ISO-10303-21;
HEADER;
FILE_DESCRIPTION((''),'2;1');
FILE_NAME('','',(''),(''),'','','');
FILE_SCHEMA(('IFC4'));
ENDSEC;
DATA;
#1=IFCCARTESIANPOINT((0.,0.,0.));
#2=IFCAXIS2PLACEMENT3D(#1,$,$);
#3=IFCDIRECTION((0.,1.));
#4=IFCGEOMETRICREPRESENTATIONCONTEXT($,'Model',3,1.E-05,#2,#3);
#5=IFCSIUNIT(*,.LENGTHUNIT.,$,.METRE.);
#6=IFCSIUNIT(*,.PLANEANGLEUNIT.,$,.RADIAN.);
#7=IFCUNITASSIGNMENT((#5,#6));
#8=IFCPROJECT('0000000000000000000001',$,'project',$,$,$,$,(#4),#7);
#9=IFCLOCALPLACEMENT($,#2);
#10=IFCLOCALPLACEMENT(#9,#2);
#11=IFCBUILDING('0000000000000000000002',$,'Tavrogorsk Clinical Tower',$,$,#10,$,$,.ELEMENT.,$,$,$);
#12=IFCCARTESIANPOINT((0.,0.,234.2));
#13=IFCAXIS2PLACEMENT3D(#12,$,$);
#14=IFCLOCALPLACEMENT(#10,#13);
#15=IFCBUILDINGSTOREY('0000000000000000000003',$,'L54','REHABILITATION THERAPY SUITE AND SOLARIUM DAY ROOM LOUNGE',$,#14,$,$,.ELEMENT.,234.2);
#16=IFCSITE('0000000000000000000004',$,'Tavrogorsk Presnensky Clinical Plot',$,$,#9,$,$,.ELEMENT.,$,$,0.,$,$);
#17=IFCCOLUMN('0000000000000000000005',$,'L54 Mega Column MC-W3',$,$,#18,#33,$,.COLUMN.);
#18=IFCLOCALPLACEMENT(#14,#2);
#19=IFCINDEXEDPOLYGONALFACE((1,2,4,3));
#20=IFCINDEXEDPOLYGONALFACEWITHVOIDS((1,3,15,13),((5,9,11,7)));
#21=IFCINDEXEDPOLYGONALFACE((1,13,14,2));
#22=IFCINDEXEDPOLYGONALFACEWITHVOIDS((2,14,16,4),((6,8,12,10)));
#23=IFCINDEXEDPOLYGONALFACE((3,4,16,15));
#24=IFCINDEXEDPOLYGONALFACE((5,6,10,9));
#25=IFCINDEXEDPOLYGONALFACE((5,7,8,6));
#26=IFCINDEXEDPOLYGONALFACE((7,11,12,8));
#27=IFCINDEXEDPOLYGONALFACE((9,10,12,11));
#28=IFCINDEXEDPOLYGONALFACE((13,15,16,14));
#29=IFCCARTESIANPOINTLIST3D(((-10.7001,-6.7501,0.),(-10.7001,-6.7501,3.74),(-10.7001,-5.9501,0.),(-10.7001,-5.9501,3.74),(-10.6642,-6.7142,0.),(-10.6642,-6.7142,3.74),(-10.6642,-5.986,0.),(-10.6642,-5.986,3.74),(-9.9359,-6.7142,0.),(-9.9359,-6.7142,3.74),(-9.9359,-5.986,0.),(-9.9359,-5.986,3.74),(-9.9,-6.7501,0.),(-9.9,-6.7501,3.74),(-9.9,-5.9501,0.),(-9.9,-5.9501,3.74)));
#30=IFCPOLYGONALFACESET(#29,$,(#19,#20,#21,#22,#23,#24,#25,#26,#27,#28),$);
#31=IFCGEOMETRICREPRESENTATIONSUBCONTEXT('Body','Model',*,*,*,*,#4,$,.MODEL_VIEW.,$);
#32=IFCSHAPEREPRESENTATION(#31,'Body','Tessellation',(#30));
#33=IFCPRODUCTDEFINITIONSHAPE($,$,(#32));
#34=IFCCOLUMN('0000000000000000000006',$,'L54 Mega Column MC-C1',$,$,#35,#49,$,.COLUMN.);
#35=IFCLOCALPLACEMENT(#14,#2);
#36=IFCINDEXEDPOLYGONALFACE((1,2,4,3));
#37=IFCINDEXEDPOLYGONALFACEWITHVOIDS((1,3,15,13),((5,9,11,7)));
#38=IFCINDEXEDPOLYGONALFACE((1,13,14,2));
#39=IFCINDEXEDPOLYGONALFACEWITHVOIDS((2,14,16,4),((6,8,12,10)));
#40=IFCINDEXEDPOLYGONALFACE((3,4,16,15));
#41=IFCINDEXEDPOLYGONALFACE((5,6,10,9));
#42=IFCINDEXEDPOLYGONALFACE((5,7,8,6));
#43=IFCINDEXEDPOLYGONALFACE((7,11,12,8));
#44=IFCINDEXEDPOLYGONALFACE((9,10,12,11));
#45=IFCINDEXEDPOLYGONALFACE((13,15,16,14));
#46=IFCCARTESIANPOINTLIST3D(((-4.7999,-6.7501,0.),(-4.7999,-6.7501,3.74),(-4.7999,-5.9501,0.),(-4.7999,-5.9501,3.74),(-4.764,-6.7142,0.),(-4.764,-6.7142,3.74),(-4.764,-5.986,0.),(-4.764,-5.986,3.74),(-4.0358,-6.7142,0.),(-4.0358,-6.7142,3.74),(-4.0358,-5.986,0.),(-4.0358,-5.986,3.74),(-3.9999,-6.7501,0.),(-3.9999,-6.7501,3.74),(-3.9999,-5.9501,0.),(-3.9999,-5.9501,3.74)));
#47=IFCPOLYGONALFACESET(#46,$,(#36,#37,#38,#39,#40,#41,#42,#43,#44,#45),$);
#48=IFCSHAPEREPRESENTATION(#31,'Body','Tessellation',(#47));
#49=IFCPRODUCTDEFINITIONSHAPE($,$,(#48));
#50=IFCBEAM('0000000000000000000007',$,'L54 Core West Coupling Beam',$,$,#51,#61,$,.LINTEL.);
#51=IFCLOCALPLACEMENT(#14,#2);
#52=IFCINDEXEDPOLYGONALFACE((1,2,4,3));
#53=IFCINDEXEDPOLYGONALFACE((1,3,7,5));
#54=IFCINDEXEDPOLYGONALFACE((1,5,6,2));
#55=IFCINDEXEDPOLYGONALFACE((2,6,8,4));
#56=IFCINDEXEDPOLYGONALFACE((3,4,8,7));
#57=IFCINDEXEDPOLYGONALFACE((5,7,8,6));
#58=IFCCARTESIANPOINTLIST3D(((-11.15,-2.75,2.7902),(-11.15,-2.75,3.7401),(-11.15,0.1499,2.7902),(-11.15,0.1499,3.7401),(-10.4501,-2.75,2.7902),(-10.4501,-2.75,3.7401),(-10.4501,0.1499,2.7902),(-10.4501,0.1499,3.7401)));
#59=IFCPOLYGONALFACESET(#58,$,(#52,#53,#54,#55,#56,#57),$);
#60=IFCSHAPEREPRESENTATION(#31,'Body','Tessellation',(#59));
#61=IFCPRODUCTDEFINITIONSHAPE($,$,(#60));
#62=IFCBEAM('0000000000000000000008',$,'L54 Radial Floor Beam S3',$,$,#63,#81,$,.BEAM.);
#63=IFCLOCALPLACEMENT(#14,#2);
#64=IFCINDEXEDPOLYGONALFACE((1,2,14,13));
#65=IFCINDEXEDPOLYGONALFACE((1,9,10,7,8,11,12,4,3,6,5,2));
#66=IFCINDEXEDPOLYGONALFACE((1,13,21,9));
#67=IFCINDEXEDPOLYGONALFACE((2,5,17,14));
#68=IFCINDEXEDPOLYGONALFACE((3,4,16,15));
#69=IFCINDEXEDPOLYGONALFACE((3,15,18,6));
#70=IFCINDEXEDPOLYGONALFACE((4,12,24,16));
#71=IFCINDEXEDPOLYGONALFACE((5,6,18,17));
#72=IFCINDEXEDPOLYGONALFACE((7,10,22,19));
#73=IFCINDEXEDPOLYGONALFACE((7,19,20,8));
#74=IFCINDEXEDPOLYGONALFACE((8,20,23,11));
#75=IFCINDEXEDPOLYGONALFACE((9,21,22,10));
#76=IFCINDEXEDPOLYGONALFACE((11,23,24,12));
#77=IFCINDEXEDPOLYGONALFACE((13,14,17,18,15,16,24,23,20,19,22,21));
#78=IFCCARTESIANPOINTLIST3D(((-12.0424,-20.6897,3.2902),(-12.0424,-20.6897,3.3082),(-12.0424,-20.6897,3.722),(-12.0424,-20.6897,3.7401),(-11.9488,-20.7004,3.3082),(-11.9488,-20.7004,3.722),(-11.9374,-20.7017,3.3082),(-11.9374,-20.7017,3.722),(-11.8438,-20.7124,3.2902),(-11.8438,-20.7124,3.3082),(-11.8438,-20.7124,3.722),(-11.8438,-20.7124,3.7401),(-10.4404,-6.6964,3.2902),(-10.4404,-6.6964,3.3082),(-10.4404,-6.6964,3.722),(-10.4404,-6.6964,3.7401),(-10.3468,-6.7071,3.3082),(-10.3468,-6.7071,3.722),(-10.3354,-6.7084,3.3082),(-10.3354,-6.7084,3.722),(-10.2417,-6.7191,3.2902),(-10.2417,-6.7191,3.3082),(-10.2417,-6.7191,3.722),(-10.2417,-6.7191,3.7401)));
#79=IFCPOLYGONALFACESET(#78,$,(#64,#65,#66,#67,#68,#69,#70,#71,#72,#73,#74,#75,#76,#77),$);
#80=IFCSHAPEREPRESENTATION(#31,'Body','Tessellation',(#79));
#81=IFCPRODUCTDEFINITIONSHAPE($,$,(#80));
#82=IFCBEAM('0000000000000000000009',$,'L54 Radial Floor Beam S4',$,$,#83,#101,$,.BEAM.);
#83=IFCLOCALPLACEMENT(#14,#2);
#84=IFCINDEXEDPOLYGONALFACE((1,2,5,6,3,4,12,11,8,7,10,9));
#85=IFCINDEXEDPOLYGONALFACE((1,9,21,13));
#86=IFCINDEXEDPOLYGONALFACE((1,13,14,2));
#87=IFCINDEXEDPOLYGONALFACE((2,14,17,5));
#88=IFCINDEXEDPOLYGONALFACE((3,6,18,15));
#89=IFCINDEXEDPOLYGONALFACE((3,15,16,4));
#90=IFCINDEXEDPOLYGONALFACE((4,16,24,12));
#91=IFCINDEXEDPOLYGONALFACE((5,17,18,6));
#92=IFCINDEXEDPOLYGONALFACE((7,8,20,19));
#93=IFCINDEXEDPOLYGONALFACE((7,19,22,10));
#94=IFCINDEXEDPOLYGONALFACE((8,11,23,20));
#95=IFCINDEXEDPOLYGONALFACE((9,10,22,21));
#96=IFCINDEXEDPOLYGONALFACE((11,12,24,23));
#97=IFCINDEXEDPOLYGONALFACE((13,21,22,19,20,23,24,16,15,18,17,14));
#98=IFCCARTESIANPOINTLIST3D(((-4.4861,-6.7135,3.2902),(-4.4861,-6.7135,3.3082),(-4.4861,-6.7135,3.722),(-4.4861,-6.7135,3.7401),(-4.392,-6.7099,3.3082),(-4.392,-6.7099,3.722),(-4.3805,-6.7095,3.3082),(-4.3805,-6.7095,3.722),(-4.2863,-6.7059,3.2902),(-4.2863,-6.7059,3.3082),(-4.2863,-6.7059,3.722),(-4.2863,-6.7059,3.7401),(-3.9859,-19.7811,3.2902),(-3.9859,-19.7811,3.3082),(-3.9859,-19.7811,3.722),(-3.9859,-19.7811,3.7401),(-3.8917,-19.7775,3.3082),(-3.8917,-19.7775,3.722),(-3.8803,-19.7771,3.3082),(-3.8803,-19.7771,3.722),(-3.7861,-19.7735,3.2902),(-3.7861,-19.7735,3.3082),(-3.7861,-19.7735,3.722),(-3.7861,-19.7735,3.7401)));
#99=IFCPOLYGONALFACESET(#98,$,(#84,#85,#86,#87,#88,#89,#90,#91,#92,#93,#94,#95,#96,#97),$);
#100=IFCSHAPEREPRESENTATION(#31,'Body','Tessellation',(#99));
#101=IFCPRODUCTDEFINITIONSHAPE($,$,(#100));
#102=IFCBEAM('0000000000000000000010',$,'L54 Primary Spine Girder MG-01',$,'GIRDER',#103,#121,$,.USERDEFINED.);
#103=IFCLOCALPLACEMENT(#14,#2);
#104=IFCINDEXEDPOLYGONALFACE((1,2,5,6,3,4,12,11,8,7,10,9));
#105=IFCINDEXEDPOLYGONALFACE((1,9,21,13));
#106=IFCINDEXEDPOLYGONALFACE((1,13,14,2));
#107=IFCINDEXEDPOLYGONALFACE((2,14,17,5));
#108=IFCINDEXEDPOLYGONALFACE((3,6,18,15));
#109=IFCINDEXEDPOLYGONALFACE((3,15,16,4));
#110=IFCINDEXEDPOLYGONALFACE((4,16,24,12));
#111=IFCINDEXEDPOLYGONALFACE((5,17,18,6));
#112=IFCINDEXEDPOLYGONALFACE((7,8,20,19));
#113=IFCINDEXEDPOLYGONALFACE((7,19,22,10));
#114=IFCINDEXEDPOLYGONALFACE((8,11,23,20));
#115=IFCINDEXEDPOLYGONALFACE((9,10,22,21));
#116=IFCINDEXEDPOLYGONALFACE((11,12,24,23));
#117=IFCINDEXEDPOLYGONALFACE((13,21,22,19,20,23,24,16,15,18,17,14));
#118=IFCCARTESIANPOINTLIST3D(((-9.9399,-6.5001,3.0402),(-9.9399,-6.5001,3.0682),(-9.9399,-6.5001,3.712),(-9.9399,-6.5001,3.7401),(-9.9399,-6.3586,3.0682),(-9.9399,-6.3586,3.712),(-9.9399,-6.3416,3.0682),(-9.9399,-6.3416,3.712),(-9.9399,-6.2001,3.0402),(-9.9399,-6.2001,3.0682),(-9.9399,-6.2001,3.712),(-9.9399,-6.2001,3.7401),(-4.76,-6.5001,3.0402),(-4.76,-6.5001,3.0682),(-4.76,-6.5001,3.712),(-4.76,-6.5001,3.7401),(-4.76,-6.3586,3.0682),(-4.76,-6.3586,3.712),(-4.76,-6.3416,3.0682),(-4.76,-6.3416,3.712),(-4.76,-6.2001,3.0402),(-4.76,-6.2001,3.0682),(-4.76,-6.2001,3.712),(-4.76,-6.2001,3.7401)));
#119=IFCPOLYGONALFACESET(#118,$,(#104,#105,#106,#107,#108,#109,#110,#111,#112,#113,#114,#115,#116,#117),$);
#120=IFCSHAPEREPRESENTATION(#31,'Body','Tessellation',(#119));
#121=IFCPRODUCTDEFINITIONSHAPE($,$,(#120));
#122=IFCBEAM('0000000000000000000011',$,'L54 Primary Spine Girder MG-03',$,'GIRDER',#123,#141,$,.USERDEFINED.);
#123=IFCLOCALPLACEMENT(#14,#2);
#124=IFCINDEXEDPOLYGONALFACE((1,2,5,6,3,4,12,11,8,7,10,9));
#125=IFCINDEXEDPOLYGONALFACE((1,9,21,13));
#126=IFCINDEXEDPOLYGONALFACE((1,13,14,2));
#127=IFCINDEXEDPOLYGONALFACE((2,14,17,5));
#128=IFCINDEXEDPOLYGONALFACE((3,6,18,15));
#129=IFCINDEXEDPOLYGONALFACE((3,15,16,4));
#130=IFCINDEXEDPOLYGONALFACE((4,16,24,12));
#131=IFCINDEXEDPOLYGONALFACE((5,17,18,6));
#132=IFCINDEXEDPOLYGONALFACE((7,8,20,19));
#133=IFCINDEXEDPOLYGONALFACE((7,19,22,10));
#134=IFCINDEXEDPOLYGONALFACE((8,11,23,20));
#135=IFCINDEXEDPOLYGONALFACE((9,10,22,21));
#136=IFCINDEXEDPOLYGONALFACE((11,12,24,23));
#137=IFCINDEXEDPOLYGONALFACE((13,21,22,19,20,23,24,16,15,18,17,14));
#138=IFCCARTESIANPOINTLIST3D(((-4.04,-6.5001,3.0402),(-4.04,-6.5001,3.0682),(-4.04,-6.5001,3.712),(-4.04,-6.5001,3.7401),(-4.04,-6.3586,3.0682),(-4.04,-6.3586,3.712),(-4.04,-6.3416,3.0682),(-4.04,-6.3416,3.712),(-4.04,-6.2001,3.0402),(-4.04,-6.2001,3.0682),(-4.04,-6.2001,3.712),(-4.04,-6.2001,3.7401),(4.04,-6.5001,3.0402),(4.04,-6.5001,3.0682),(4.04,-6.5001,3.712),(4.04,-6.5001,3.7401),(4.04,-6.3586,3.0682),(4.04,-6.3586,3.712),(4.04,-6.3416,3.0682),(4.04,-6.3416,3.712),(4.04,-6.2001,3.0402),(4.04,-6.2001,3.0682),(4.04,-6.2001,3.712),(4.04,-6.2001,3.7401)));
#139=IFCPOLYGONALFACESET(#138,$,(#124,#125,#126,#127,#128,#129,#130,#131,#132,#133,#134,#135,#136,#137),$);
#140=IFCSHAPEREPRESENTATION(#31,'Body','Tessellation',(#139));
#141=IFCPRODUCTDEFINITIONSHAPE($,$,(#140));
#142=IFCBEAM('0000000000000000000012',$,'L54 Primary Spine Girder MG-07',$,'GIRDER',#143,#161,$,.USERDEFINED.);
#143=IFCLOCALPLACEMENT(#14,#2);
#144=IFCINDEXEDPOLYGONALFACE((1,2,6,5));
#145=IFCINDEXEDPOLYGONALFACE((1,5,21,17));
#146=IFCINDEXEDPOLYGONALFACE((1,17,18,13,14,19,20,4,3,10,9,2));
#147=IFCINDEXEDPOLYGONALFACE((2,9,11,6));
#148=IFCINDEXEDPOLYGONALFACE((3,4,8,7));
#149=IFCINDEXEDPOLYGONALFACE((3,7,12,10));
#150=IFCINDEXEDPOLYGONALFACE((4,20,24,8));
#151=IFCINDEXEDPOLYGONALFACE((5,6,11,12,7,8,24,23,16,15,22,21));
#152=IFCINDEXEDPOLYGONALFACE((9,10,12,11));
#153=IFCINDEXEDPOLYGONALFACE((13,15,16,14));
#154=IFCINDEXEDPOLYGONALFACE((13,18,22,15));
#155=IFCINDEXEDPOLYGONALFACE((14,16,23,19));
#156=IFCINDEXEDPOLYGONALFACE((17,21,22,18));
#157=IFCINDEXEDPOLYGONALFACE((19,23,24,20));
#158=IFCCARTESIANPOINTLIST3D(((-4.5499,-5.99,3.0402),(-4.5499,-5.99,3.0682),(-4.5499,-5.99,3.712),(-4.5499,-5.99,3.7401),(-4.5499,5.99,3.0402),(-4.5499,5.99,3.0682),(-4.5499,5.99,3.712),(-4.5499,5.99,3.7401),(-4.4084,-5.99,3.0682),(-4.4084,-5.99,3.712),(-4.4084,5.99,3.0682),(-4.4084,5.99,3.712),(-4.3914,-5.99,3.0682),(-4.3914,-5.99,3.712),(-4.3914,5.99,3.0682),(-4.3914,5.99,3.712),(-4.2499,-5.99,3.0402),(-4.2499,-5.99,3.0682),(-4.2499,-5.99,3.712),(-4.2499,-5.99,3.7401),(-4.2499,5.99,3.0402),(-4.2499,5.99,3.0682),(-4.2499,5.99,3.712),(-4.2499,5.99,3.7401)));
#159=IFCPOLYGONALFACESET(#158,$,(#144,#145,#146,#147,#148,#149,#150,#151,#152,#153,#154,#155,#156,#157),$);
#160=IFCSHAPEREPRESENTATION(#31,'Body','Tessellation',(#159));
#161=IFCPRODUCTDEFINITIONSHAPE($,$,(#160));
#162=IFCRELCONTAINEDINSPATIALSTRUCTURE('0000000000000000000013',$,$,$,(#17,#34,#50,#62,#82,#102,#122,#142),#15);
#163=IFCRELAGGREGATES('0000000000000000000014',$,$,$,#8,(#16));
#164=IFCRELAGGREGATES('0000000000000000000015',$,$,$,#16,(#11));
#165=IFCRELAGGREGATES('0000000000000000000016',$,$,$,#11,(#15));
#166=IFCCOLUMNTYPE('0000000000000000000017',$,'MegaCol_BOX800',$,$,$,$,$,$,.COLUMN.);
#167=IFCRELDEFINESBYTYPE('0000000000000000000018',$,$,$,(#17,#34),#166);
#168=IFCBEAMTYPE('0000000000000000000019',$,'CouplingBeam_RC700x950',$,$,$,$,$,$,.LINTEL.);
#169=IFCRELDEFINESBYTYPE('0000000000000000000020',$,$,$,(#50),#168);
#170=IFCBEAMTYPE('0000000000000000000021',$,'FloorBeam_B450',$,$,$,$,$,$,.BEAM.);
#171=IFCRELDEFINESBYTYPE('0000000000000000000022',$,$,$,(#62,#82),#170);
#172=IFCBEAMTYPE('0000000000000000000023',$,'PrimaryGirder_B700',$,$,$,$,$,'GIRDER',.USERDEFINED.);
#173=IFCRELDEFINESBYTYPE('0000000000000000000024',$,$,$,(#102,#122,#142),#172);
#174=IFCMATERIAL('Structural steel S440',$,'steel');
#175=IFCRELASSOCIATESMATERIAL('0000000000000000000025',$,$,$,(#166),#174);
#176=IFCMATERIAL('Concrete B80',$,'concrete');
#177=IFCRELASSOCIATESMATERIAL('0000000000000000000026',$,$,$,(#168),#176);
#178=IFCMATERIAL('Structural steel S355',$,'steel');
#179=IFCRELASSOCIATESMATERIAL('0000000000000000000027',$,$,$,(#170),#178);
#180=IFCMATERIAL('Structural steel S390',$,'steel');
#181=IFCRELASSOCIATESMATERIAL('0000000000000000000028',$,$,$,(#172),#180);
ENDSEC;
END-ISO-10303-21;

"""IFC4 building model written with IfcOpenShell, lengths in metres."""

from ifc_helpers import new_model, si_unit, direction, frame, origin, origin_2d, place, context, subcontext, project, spatial, rectangle, hollow_rectangle, i_section, extrude, material, material_profile, profile_set, type_object, element, save


model = new_model("IFC4")

# Units and contexts
model_context = context("Model", 3, precision=1e-05, world=origin(), true_north=direction((0.0, 1.0)))
body_context = subcontext(model_context, "Body", "Model", "MODEL_VIEW")
ifc_project = project(units=[si_unit("LENGTHUNIT", "METRE"), si_unit("PLANEANGLEUNIT", "RADIAN")], contexts=[model_context])

# Site, building, storey
site_placement = place(None, origin())
site = spatial("IfcSite", under=ifc_project, at=site_placement, Name="Tavrogorsk Presnensky Clinical Plot", CompositionType="ELEMENT", RefElevation=0.0)
building_placement = place(site_placement, origin())
building = spatial("IfcBuilding", under=site, at=building_placement, Name="Tavrogorsk Clinical Tower", CompositionType="ELEMENT")
storey_placement = place(building_placement, frame((0.0, 0.0, 234.2)))
storey = spatial("IfcBuildingStorey", under=building, at=storey_placement, Name="L54", Description="REHABILITATION THERAPY SUITE AND SOLARIUM DAY ROOM LOUNGE", CompositionType="ELEMENT", Elevation=234.2)

# Columns
ifc_material_1 = material(Name="Structural steel S440", Category="steel")
ifc_material_profile_1 = material_profile(ifc_material_1, hollow_rectangle(XDim=0.8, YDim=0.8, WallThickness=0.0359, at=origin_2d()), Name="BOX-800x800x36")
ifc_profile_set_1 = profile_set([ifc_material_profile_1], Name="Structural steel S440")
column_type = type_object("IfcColumnType", Name="MegaCol_BOX800", PredefinedType="COLUMN", material=ifc_profile_set_1)
for number, where, z_axis, x_axis, name in (
    (1, (-10.3, -6.3501, 0.0), (0.0, 0.0, 1.0), (1.0, 0.0, 0.0), "L54 Mega Column MC-W3"),
    (2, (-4.3999, -6.3501, 0.0), (0.0, 0.0, 1.0), (1.0, 0.0, 0.0), "L54 Mega Column MC-C1"),
):
    element("IfcColumn", number, at=place(storey_placement, frame(where, z_axis=z_axis, x_axis=x_axis)), inside=storey, type_object=column_type, Name=name, PredefinedType="COLUMN", context=body_context, shape_type="SweptSolid", body=[
        extrude(hollow_rectangle(XDim=0.8, YDim=0.8, WallThickness=0.0359, at=origin_2d()), origin(), (0.0, 0.0, 1.0), 3.74),
    ])

# Beams
ifc_material_2 = material(Name="Concrete B80", Category="concrete")
ifc_material_profile_2 = material_profile(ifc_material_2, rectangle(XDim=0.7, YDim=0.95, at=origin_2d()), Name="RC-CB-700x950")
ifc_profile_set_2 = profile_set([ifc_material_profile_2], Name="Concrete B80")
beam_type_1 = type_object("IfcBeamType", Name="CouplingBeam_RC700x950", PredefinedType="LINTEL", material=ifc_profile_set_2)
beam_1_placement = place(storey_placement, frame((-10.8, -2.75, 3.2651), z_axis=(0.0, 1.0, 0.0), x_axis=(-1.0, 0.0, 0.0)))
element("IfcBeam", 3, at=beam_1_placement, inside=storey, type_object=beam_type_1, Name="L54 Core West Coupling Beam", PredefinedType="LINTEL", context=body_context, shape_type="SweptSolid", body=[
    extrude(rectangle(XDim=0.7, YDim=0.95, at=origin_2d()), origin(), (0.0, 0.0, 1.0), 2.8999),
])
ifc_material_3 = material(Name="Structural steel S355", Category="steel")
ifc_material_profile_3 = material_profile(ifc_material_3, i_section(OverallWidth=0.2, OverallDepth=0.45, WebThickness=0.0115, FlangeThickness=0.0181, at=origin_2d()), Name="B-450x200x11.5x18")
ifc_profile_set_3 = profile_set([ifc_material_profile_3], Name="Structural steel S355")
beam_type_2 = type_object("IfcBeamType", Name="FloorBeam_B450", PredefinedType="BEAM", material=ifc_profile_set_3)
beam_2_placement = place(storey_placement, frame((-10.3411, -6.7078, 3.5151), z_axis=(-0.113743, -0.99351, 0.0), x_axis=(0.99351, -0.113743, 0.0)))
element("IfcBeam", 4, at=beam_2_placement, inside=storey, type_object=beam_type_2, Name="L54 Radial Floor Beam S3", PredefinedType="BEAM", context=body_context, shape_type="SweptSolid", body=[
    extrude(i_section(OverallWidth=0.2, OverallDepth=0.45, WebThickness=0.0115, FlangeThickness=0.0181, at=origin_2d()), origin(), (0.0, 0.0, 1.0), 14.0847),
])
beam_3_placement = place(storey_placement, frame((-4.3862, -6.7097, 3.5151), z_axis=(0.038253, -0.999268, 0.0), x_axis=(0.999268, 0.038253, 0.0)))
element("IfcBeam", 5, at=beam_3_placement, inside=storey, type_object=beam_type_2, Name="L54 Radial Floor Beam S4", PredefinedType="BEAM", context=body_context, shape_type="SweptSolid", body=[
    extrude(i_section(OverallWidth=0.2, OverallDepth=0.45, WebThickness=0.0115, FlangeThickness=0.0181, at=origin_2d()), origin(), (0.0, 0.0, 1.0), 13.0771),
])
ifc_material_4 = material(Name="Structural steel S390", Category="steel")
ifc_material_profile_4 = material_profile(ifc_material_4, i_section(OverallWidth=0.3, OverallDepth=0.7, WebThickness=0.0171, FlangeThickness=0.0281, at=origin_2d()), Name="B-700x300x17x28")
ifc_profile_set_4 = profile_set([ifc_material_profile_4], Name="Structural steel S390")
beam_type_3 = type_object("IfcBeamType", Name="PrimaryGirder_B700", ElementType="GIRDER", PredefinedType="USERDEFINED", material=ifc_profile_set_4)
beam_4_placement = place(storey_placement, frame((-9.9399, -6.3501, 3.3901), z_axis=(1.0, 0.0, 0.0), x_axis=(0.0, 1.0, 0.0)))
element("IfcBeam", 6, at=beam_4_placement, inside=storey, type_object=beam_type_3, Name="L54 Primary Spine Girder MG-01", ObjectType="GIRDER", PredefinedType="USERDEFINED", context=body_context, shape_type="SweptSolid", body=[
    extrude(i_section(OverallWidth=0.3, OverallDepth=0.7, WebThickness=0.0171, FlangeThickness=0.0281, at=origin_2d()), origin(), (0.0, 0.0, 1.0), 5.1799),
])
beam_5_placement = place(storey_placement, frame((-4.04, -6.3501, 3.3901), z_axis=(1.0, 0.0, 0.0), x_axis=(0.0, 1.0, 0.0)))
element("IfcBeam", 7, at=beam_5_placement, inside=storey, type_object=beam_type_3, Name="L54 Primary Spine Girder MG-03", ObjectType="GIRDER", PredefinedType="USERDEFINED", context=body_context, shape_type="SweptSolid", body=[
    extrude(i_section(OverallWidth=0.3, OverallDepth=0.7, WebThickness=0.0171, FlangeThickness=0.0281, at=origin_2d()), origin(), (0.0, 0.0, 1.0), 8.0801),
])
beam_6_placement = place(storey_placement, frame((-4.3999, -5.99, 3.3901), z_axis=(0.0, 1.0, 0.0), x_axis=(-1.0, 0.0, 0.0)))
element("IfcBeam", 8, at=beam_6_placement, inside=storey, type_object=beam_type_3, Name="L54 Primary Spine Girder MG-07", ObjectType="GIRDER", PredefinedType="USERDEFINED", context=body_context, shape_type="SweptSolid", body=[
    extrude(i_section(OverallWidth=0.3, OverallDepth=0.7, WebThickness=0.0171, FlangeThickness=0.0281, at=origin_2d()), origin(), (0.0, 0.0, 1.0), 11.98),
])

save(model, "model.ifc")
